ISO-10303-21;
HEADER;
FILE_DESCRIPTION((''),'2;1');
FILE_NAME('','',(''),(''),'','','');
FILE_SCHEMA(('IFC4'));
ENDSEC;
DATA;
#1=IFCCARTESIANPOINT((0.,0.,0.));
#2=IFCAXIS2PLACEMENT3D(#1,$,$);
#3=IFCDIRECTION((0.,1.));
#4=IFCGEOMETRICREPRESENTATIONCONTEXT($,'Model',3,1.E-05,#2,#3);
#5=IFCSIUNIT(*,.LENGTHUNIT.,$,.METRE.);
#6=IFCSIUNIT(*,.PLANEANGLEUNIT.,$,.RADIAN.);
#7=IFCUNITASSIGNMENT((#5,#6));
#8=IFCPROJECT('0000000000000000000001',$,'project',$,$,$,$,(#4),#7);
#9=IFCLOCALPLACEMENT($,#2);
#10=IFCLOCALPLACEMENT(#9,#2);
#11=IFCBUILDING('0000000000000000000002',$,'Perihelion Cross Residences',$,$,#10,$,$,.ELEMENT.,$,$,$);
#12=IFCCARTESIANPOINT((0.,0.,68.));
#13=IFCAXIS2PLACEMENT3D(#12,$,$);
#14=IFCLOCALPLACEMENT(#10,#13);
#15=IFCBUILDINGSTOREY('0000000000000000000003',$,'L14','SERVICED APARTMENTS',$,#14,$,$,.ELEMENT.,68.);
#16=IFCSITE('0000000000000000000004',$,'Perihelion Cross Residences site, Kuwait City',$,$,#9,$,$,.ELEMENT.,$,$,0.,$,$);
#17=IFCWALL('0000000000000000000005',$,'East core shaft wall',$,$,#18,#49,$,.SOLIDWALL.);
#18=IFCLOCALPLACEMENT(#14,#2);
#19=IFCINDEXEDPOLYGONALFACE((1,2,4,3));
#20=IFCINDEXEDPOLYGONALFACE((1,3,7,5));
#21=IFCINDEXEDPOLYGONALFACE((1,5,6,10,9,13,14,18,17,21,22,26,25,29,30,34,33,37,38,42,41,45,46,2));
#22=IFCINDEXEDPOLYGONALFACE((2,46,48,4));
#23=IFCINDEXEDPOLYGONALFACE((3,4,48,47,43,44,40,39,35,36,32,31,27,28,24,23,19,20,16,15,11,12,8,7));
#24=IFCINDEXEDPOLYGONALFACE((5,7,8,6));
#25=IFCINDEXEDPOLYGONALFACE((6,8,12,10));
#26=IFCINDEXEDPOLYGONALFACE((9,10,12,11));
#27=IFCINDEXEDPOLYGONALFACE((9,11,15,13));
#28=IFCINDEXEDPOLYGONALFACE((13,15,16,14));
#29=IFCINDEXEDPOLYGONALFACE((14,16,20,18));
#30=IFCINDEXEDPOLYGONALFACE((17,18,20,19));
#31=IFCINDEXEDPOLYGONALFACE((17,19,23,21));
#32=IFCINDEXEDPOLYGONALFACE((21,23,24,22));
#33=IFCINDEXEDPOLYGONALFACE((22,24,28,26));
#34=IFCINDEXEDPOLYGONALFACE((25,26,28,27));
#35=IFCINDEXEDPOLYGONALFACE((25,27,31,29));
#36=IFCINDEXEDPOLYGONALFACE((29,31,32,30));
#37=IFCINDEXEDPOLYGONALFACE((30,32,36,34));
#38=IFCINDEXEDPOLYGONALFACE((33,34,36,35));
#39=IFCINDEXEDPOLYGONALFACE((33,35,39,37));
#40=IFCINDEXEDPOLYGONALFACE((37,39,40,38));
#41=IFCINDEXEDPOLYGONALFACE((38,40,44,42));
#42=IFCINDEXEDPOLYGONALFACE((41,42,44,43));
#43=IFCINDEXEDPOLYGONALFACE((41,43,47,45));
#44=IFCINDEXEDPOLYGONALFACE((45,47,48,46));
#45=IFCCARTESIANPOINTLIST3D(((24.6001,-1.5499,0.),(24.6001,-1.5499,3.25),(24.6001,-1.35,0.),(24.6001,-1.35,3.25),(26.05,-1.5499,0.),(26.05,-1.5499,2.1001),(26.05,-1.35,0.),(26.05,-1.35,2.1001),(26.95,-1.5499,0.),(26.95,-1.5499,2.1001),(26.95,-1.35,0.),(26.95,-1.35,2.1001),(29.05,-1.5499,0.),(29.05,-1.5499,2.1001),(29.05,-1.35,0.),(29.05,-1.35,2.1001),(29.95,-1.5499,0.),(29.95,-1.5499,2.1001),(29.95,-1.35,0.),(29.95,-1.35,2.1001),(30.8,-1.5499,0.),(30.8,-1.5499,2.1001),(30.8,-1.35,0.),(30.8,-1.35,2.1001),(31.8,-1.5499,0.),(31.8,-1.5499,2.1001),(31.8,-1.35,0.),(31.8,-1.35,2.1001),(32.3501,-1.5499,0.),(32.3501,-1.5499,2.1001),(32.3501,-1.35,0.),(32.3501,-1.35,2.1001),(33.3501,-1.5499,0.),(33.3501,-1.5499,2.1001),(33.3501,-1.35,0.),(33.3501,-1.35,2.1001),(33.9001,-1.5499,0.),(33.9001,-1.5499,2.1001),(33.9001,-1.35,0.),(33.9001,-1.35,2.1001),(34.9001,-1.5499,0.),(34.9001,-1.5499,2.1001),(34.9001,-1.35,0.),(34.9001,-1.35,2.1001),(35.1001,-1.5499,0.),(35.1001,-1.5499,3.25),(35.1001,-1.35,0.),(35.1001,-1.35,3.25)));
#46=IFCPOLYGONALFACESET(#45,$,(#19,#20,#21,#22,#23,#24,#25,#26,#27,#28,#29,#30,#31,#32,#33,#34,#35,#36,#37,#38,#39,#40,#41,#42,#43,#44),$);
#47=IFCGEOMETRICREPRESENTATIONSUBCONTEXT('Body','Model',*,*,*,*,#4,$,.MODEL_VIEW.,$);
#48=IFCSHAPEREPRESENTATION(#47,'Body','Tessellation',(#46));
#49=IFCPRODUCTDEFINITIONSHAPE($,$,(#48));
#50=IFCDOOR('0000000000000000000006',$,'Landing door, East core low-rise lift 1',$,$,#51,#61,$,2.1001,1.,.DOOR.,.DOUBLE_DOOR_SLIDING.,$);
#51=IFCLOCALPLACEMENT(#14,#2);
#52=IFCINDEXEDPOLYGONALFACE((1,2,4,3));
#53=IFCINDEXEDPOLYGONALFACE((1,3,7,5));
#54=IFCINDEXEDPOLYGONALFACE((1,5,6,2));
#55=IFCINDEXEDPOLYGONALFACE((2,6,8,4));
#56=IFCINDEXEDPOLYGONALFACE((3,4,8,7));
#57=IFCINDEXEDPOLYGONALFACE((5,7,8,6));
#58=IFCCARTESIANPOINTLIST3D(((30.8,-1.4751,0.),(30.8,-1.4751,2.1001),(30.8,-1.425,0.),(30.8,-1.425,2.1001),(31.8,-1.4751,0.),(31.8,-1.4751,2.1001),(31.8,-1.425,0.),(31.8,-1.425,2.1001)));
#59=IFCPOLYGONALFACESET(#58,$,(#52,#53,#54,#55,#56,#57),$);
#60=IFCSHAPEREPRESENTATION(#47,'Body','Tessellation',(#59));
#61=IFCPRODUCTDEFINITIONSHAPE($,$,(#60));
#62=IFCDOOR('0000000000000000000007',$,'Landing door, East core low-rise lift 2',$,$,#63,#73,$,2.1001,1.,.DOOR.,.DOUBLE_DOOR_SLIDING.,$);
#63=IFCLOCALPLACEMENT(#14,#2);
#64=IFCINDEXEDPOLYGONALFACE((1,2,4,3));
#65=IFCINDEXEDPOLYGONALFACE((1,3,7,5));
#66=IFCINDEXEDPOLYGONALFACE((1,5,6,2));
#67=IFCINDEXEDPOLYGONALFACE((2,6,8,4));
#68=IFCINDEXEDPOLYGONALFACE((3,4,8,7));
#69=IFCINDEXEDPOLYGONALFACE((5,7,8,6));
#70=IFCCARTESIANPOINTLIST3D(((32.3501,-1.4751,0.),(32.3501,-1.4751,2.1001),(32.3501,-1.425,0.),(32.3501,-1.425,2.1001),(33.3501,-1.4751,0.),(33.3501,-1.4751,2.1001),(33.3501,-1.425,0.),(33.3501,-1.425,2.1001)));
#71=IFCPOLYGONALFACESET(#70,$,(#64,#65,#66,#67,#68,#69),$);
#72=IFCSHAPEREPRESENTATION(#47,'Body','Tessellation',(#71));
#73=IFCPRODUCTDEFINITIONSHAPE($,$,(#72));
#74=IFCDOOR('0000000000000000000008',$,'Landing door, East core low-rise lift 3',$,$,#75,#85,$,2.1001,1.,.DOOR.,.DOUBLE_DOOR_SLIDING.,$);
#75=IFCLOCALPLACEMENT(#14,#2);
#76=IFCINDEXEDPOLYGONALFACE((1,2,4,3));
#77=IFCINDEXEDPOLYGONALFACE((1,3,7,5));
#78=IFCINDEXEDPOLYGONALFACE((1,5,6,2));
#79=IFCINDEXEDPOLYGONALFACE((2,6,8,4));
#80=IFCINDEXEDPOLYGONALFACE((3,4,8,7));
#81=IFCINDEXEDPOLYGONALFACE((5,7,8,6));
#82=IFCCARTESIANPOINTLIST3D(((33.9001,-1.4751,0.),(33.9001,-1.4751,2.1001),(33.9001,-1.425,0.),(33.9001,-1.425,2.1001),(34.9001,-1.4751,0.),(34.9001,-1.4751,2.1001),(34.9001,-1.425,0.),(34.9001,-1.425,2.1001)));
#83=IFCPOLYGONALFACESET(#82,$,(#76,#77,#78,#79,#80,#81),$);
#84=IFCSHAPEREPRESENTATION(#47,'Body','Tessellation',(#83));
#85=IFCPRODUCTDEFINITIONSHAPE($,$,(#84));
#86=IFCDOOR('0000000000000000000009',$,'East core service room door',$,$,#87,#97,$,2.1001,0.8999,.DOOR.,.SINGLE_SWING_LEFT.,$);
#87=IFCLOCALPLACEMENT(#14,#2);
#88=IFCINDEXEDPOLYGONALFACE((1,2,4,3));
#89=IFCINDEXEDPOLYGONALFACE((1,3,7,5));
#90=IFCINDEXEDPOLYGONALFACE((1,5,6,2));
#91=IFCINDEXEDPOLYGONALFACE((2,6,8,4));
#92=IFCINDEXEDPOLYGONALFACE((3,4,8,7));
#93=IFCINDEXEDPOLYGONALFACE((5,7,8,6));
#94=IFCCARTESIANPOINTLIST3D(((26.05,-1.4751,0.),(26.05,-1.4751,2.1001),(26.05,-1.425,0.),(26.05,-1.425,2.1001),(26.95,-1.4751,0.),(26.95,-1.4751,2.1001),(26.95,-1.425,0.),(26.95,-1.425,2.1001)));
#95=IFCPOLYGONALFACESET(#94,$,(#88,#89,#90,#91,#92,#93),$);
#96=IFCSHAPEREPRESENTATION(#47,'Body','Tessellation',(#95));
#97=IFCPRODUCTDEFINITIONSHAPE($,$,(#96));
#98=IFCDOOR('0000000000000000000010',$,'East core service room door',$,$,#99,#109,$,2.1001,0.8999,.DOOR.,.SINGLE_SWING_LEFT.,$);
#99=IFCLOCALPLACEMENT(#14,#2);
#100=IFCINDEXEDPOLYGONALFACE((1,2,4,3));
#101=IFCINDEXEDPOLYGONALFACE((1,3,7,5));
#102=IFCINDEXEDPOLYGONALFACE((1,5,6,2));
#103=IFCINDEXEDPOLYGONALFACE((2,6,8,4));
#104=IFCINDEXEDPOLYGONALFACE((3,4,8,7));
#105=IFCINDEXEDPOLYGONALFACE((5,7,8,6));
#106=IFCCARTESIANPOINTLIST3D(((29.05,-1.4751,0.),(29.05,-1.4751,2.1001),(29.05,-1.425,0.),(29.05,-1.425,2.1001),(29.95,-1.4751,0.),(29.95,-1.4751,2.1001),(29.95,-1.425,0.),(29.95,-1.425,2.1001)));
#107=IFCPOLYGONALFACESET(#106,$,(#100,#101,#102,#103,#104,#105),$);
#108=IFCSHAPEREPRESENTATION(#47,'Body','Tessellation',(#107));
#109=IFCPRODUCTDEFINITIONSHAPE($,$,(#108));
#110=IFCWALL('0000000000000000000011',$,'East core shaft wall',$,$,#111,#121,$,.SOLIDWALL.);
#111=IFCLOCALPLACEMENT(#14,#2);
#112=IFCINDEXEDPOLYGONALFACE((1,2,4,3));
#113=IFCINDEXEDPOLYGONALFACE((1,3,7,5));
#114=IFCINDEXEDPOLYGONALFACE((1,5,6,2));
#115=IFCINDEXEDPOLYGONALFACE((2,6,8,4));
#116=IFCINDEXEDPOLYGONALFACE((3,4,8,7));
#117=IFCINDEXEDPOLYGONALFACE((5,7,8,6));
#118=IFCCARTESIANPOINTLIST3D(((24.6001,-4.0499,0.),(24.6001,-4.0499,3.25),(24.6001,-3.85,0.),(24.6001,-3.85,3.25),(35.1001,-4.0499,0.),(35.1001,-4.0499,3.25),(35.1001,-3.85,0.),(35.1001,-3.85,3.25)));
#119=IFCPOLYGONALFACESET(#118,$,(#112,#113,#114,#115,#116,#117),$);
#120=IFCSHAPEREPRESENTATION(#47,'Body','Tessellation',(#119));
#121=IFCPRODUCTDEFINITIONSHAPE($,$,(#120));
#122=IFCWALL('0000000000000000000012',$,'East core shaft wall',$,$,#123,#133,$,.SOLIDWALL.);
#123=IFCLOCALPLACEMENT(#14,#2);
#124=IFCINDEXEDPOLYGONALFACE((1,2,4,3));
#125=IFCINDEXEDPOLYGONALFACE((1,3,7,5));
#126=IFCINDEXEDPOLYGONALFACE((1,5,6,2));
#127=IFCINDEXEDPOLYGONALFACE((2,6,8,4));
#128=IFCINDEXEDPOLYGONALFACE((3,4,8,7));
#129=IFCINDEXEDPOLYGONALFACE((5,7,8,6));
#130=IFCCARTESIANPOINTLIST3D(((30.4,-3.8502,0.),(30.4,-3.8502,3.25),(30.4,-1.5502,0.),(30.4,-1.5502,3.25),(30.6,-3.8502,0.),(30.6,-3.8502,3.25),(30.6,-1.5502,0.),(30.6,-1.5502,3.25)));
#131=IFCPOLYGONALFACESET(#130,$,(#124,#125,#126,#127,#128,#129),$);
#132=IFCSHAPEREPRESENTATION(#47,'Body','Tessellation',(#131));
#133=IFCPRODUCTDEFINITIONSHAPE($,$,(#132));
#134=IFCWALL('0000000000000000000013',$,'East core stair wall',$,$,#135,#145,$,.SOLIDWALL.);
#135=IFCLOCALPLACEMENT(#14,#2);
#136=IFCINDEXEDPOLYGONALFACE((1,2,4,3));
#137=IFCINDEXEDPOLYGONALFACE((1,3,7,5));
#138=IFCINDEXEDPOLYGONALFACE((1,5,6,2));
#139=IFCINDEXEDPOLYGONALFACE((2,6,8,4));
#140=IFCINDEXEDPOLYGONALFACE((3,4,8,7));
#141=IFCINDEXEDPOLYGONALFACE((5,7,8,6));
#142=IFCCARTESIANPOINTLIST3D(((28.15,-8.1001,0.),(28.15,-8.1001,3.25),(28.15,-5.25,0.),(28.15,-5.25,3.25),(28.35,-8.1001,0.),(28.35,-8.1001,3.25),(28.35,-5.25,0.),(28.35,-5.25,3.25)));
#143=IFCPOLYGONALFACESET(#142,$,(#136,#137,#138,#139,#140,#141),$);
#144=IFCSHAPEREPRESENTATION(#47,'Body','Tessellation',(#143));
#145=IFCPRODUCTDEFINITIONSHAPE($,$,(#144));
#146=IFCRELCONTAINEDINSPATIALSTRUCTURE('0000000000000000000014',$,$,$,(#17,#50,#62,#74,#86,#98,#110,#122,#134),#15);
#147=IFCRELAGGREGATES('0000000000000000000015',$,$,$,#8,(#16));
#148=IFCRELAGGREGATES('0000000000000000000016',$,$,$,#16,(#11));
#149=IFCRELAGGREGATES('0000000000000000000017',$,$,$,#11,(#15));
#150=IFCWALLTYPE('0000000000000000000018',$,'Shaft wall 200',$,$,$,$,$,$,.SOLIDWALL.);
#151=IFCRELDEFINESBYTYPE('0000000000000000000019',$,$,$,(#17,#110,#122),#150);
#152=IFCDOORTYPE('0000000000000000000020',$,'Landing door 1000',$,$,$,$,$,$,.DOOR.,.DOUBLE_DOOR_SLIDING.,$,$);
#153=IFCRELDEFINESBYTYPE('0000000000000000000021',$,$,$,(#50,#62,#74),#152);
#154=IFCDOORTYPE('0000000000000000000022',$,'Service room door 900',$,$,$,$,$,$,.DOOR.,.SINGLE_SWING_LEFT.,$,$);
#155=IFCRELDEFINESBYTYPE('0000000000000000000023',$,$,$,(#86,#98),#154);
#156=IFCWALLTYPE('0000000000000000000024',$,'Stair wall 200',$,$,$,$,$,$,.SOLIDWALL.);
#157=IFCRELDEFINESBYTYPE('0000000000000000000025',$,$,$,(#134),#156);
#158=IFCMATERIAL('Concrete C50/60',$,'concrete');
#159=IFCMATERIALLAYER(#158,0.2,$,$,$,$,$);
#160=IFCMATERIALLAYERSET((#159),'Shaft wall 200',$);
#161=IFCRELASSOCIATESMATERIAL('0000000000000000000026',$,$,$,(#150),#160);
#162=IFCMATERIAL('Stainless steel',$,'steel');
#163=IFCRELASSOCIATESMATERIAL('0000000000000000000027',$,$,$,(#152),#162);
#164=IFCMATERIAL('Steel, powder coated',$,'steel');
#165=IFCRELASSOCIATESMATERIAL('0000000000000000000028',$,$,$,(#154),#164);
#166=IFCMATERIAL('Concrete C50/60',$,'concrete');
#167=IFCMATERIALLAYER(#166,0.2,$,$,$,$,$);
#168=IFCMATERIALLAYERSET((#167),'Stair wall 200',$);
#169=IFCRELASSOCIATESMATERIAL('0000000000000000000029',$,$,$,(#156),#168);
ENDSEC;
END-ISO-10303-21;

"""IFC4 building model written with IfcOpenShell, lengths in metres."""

from ifc_helpers import new_model, si_unit, direction, frame, frame_2d, origin, place, context, subcontext, project, spatial, rectangle, extrude, material, layer, layer_set, type_object, element, fill, save


model = new_model("IFC4")

# Units and contexts
model_context = context("Model", 3, precision=1e-05, world=origin(), true_north=direction((0.0, 1.0)))
body_context = subcontext(model_context, "Body", "Model", "MODEL_VIEW")
ifc_project = project(units=[si_unit("LENGTHUNIT", "METRE"), si_unit("PLANEANGLEUNIT", "RADIAN")], contexts=[model_context])

# Site, building, storey
site_placement = place(None, origin())
site = spatial("IfcSite", under=ifc_project, at=site_placement, Name="Perihelion Cross Residences site, Kuwait City", CompositionType="ELEMENT", RefElevation=0.0)
building_placement = place(site_placement, origin())
building = spatial("IfcBuilding", under=site, at=building_placement, Name="Perihelion Cross Residences", CompositionType="ELEMENT")
storey_placement = place(building_placement, frame((0.0, 0.0, 68.0)))
storey = spatial("IfcBuildingStorey", under=building, at=storey_placement, Name="L14", Description="SERVICED APARTMENTS", CompositionType="ELEMENT", Elevation=68.0)

# Wall, openings, doors
ifc_material_1 = material(Name="Concrete C50/60", Category="concrete")
ifc_layer_1 = layer(ifc_material_1, 0.2)
ifc_layer_set_1 = layer_set([ifc_layer_1], Name="Shaft wall 200")
wall_type_1 = type_object("IfcWallType", Name="Shaft wall 200", PredefinedType="SOLIDWALL", material=ifc_layer_set_1)
wall_1_placement = place(storey_placement, frame((24.6001, -1.45, 0.0), z_axis=(0.0, 0.0, 1.0), x_axis=(1.0, 0.0, 0.0)))
wall_1 = element("IfcWall", 1, at=wall_1_placement, inside=storey, type_object=wall_type_1, Name="East core shaft wall", PredefinedType="SOLIDWALL", context=body_context, shape_type="SweptSolid", body=[
    extrude(rectangle(XDim=10.5, YDim=0.2, at=frame_2d((5.25, 0.0))), origin(), (0.0, 0.0, 1.0), 3.25),
])
opening_1_placement = place(wall_1_placement, frame((6.2, 0.0, 0.0)))
opening_1 = element("IfcOpeningElement", 2, at=opening_1_placement, cuts=wall_1, PredefinedType="OPENING", context=body_context, shape_type="SweptSolid", body=[
    extrude(rectangle(XDim=1.0, YDim=2.1001, at=frame_2d((0.5, 1.05))), frame((0.0, 0.1099, 0.0), z_axis=(0.0, -1.0, 0.0), x_axis=(1.0, 0.0, 0.0)), (0.0, 0.0, 1.0), 0.22),
])
opening_2_placement = place(wall_1_placement, frame((7.75, 0.0, 0.0)))
opening_2 = element("IfcOpeningElement", 3, at=opening_2_placement, cuts=wall_1, PredefinedType="OPENING", context=body_context, shape_type="SweptSolid", body=[
    extrude(rectangle(XDim=1.0, YDim=2.1001, at=frame_2d((0.5, 1.05))), frame((0.0, 0.1099, 0.0), z_axis=(0.0, -1.0, 0.0), x_axis=(1.0, 0.0, 0.0)), (0.0, 0.0, 1.0), 0.22),
])
opening_3_placement = place(wall_1_placement, frame((9.3, 0.0, 0.0)))
opening_3 = element("IfcOpeningElement", 4, at=opening_3_placement, cuts=wall_1, PredefinedType="OPENING", context=body_context, shape_type="SweptSolid", body=[
    extrude(rectangle(XDim=1.0, YDim=2.1001, at=frame_2d((0.5, 1.05))), frame((0.0, 0.1099, 0.0), z_axis=(0.0, -1.0, 0.0), x_axis=(1.0, 0.0, 0.0)), (0.0, 0.0, 1.0), 0.22),
])
opening_4_placement = place(wall_1_placement, frame((1.45, 0.0, 0.0)))
opening_4 = element("IfcOpeningElement", 5, at=opening_4_placement, cuts=wall_1, PredefinedType="OPENING", context=body_context, shape_type="SweptSolid", body=[
    extrude(rectangle(XDim=0.8999, YDim=2.1001, at=frame_2d((0.45, 1.05))), frame((0.0, 0.1099, 0.0), z_axis=(0.0, -1.0, 0.0), x_axis=(1.0, 0.0, 0.0)), (0.0, 0.0, 1.0), 0.22),
])
opening_5_placement = place(wall_1_placement, frame((4.45, 0.0, 0.0)))
opening_5 = element("IfcOpeningElement", 6, at=opening_5_placement, cuts=wall_1, PredefinedType="OPENING", context=body_context, shape_type="SweptSolid", body=[
    extrude(rectangle(XDim=0.8999, YDim=2.1001, at=frame_2d((0.45, 1.05))), frame((0.0, 0.1099, 0.0), z_axis=(0.0, -1.0, 0.0), x_axis=(1.0, 0.0, 0.0)), (0.0, 0.0, 1.0), 0.22),
])
ifc_material_2 = material(Name="Stainless steel", Category="steel")
door_type_1 = type_object("IfcDoorType", Name="Landing door 1000", OperationType="DOUBLE_DOOR_SLIDING", PredefinedType="DOOR", material=ifc_material_2)
door_1_placement = place(opening_1_placement, origin())
door_1 = element("IfcDoor", 7, at=door_1_placement, inside=storey, type_object=door_type_1, Name="Landing door, East core low-rise lift 1", OperationType="DOUBLE_DOOR_SLIDING", OverallHeight=2.1001, OverallWidth=1.0, PredefinedType="DOOR", context=body_context, shape_type="SweptSolid", body=[
    extrude(rectangle(XDim=1.0, YDim=2.1001, at=frame_2d((0.5, 1.05))), frame((0.0, 0.0249, 0.0), z_axis=(0.0, -1.0, 0.0), x_axis=(1.0, 0.0, 0.0)), (0.0, 0.0, 1.0), 0.05),
])
fill(opening_1, door_1)
door_2_placement = place(opening_2_placement, origin())
door_2 = element("IfcDoor", 8, at=door_2_placement, inside=storey, type_object=door_type_1, Name="Landing door, East core low-rise lift 2", OperationType="DOUBLE_DOOR_SLIDING", OverallHeight=2.1001, OverallWidth=1.0, PredefinedType="DOOR", context=body_context, shape_type="SweptSolid", body=[
    extrude(rectangle(XDim=1.0, YDim=2.1001, at=frame_2d((0.5, 1.05))), frame((0.0, 0.0249, 0.0), z_axis=(0.0, -1.0, 0.0), x_axis=(1.0, 0.0, 0.0)), (0.0, 0.0, 1.0), 0.05),
])
fill(opening_2, door_2)
door_3_placement = place(opening_3_placement, origin())
door_3 = element("IfcDoor", 9, at=door_3_placement, inside=storey, type_object=door_type_1, Name="Landing door, East core low-rise lift 3", OperationType="DOUBLE_DOOR_SLIDING", OverallHeight=2.1001, OverallWidth=1.0, PredefinedType="DOOR", context=body_context, shape_type="SweptSolid", body=[
    extrude(rectangle(XDim=1.0, YDim=2.1001, at=frame_2d((0.5, 1.05))), frame((0.0, 0.0249, 0.0), z_axis=(0.0, -1.0, 0.0), x_axis=(1.0, 0.0, 0.0)), (0.0, 0.0, 1.0), 0.05),
])
fill(opening_3, door_3)
ifc_material_3 = material(Name="Steel, powder coated", Category="steel")
door_type_2 = type_object("IfcDoorType", Name="Service room door 900", OperationType="SINGLE_SWING_LEFT", PredefinedType="DOOR", material=ifc_material_3)
door_4_placement = place(opening_4_placement, origin())
door_4 = element("IfcDoor", 10, at=door_4_placement, inside=storey, type_object=door_type_2, Name="East core service room door", OperationType="SINGLE_SWING_LEFT", OverallHeight=2.1001, OverallWidth=0.8999, PredefinedType="DOOR", context=body_context, shape_type="SweptSolid", body=[
    extrude(rectangle(XDim=0.8999, YDim=2.1001, at=frame_2d((0.45, 1.05))), frame((0.0, 0.0249, 0.0), z_axis=(0.0, -1.0, 0.0), x_axis=(1.0, 0.0, 0.0)), (0.0, 0.0, 1.0), 0.05),
])
fill(opening_4, door_4)
door_5_placement = place(opening_5_placement, origin())
door_5 = element("IfcDoor", 11, at=door_5_placement, inside=storey, type_object=door_type_2, Name="East core service room door", OperationType="SINGLE_SWING_LEFT", OverallHeight=2.1001, OverallWidth=0.8999, PredefinedType="DOOR", context=body_context, shape_type="SweptSolid", body=[
    extrude(rectangle(XDim=0.8999, YDim=2.1001, at=frame_2d((0.45, 1.05))), frame((0.0, 0.0249, 0.0), z_axis=(0.0, -1.0, 0.0), x_axis=(1.0, 0.0, 0.0)), (0.0, 0.0, 1.0), 0.05),
])
fill(opening_5, door_5)

# Walls
wall_2_placement = place(storey_placement, frame((24.6001, -3.95, 0.0), z_axis=(0.0, 0.0, 1.0), x_axis=(1.0, 0.0, 0.0)))
element("IfcWall", 12, at=wall_2_placement, inside=storey, type_object=wall_type_1, Name="East core shaft wall", PredefinedType="SOLIDWALL", context=body_context, shape_type="SweptSolid", body=[
    extrude(rectangle(XDim=10.5, YDim=0.2, at=frame_2d((5.25, 0.0))), origin(), (0.0, 0.0, 1.0), 3.25),
])
wall_3_placement = place(storey_placement, frame((30.5, -3.8501, 0.0), z_axis=(0.0, 0.0, 1.0), x_axis=(0.0, 1.0, 0.0)))
element("IfcWall", 13, at=wall_3_placement, inside=storey, type_object=wall_type_1, Name="East core shaft wall", PredefinedType="SOLIDWALL", context=body_context, shape_type="SweptSolid", body=[
    extrude(rectangle(XDim=2.3, YDim=0.2, at=frame_2d((1.1499, 0.0))), origin(), (0.0, 0.0, 1.0), 3.25),
])
ifc_material_4 = material(Name="Concrete C50/60", Category="concrete")
ifc_layer_2 = layer(ifc_material_4, 0.2)
ifc_layer_set_2 = layer_set([ifc_layer_2], Name="Stair wall 200")
wall_type_2 = type_object("IfcWallType", Name="Stair wall 200", PredefinedType="SOLIDWALL", material=ifc_layer_set_2)
wall_4_placement = place(storey_placement, frame((28.25, -8.1001, 0.0), z_axis=(0.0, 0.0, 1.0), x_axis=(0.0, 1.0, 0.0)))
element("IfcWall", 14, at=wall_4_placement, inside=storey, type_object=wall_type_2, Name="East core stair wall", PredefinedType="SOLIDWALL", context=body_context, shape_type="SweptSolid", body=[
    extrude(rectangle(XDim=2.8501, YDim=0.2, at=frame_2d((1.425, 0.0))), origin(), (0.0, 0.0, 1.0), 3.25),
])

save(model, "model.ifc")
